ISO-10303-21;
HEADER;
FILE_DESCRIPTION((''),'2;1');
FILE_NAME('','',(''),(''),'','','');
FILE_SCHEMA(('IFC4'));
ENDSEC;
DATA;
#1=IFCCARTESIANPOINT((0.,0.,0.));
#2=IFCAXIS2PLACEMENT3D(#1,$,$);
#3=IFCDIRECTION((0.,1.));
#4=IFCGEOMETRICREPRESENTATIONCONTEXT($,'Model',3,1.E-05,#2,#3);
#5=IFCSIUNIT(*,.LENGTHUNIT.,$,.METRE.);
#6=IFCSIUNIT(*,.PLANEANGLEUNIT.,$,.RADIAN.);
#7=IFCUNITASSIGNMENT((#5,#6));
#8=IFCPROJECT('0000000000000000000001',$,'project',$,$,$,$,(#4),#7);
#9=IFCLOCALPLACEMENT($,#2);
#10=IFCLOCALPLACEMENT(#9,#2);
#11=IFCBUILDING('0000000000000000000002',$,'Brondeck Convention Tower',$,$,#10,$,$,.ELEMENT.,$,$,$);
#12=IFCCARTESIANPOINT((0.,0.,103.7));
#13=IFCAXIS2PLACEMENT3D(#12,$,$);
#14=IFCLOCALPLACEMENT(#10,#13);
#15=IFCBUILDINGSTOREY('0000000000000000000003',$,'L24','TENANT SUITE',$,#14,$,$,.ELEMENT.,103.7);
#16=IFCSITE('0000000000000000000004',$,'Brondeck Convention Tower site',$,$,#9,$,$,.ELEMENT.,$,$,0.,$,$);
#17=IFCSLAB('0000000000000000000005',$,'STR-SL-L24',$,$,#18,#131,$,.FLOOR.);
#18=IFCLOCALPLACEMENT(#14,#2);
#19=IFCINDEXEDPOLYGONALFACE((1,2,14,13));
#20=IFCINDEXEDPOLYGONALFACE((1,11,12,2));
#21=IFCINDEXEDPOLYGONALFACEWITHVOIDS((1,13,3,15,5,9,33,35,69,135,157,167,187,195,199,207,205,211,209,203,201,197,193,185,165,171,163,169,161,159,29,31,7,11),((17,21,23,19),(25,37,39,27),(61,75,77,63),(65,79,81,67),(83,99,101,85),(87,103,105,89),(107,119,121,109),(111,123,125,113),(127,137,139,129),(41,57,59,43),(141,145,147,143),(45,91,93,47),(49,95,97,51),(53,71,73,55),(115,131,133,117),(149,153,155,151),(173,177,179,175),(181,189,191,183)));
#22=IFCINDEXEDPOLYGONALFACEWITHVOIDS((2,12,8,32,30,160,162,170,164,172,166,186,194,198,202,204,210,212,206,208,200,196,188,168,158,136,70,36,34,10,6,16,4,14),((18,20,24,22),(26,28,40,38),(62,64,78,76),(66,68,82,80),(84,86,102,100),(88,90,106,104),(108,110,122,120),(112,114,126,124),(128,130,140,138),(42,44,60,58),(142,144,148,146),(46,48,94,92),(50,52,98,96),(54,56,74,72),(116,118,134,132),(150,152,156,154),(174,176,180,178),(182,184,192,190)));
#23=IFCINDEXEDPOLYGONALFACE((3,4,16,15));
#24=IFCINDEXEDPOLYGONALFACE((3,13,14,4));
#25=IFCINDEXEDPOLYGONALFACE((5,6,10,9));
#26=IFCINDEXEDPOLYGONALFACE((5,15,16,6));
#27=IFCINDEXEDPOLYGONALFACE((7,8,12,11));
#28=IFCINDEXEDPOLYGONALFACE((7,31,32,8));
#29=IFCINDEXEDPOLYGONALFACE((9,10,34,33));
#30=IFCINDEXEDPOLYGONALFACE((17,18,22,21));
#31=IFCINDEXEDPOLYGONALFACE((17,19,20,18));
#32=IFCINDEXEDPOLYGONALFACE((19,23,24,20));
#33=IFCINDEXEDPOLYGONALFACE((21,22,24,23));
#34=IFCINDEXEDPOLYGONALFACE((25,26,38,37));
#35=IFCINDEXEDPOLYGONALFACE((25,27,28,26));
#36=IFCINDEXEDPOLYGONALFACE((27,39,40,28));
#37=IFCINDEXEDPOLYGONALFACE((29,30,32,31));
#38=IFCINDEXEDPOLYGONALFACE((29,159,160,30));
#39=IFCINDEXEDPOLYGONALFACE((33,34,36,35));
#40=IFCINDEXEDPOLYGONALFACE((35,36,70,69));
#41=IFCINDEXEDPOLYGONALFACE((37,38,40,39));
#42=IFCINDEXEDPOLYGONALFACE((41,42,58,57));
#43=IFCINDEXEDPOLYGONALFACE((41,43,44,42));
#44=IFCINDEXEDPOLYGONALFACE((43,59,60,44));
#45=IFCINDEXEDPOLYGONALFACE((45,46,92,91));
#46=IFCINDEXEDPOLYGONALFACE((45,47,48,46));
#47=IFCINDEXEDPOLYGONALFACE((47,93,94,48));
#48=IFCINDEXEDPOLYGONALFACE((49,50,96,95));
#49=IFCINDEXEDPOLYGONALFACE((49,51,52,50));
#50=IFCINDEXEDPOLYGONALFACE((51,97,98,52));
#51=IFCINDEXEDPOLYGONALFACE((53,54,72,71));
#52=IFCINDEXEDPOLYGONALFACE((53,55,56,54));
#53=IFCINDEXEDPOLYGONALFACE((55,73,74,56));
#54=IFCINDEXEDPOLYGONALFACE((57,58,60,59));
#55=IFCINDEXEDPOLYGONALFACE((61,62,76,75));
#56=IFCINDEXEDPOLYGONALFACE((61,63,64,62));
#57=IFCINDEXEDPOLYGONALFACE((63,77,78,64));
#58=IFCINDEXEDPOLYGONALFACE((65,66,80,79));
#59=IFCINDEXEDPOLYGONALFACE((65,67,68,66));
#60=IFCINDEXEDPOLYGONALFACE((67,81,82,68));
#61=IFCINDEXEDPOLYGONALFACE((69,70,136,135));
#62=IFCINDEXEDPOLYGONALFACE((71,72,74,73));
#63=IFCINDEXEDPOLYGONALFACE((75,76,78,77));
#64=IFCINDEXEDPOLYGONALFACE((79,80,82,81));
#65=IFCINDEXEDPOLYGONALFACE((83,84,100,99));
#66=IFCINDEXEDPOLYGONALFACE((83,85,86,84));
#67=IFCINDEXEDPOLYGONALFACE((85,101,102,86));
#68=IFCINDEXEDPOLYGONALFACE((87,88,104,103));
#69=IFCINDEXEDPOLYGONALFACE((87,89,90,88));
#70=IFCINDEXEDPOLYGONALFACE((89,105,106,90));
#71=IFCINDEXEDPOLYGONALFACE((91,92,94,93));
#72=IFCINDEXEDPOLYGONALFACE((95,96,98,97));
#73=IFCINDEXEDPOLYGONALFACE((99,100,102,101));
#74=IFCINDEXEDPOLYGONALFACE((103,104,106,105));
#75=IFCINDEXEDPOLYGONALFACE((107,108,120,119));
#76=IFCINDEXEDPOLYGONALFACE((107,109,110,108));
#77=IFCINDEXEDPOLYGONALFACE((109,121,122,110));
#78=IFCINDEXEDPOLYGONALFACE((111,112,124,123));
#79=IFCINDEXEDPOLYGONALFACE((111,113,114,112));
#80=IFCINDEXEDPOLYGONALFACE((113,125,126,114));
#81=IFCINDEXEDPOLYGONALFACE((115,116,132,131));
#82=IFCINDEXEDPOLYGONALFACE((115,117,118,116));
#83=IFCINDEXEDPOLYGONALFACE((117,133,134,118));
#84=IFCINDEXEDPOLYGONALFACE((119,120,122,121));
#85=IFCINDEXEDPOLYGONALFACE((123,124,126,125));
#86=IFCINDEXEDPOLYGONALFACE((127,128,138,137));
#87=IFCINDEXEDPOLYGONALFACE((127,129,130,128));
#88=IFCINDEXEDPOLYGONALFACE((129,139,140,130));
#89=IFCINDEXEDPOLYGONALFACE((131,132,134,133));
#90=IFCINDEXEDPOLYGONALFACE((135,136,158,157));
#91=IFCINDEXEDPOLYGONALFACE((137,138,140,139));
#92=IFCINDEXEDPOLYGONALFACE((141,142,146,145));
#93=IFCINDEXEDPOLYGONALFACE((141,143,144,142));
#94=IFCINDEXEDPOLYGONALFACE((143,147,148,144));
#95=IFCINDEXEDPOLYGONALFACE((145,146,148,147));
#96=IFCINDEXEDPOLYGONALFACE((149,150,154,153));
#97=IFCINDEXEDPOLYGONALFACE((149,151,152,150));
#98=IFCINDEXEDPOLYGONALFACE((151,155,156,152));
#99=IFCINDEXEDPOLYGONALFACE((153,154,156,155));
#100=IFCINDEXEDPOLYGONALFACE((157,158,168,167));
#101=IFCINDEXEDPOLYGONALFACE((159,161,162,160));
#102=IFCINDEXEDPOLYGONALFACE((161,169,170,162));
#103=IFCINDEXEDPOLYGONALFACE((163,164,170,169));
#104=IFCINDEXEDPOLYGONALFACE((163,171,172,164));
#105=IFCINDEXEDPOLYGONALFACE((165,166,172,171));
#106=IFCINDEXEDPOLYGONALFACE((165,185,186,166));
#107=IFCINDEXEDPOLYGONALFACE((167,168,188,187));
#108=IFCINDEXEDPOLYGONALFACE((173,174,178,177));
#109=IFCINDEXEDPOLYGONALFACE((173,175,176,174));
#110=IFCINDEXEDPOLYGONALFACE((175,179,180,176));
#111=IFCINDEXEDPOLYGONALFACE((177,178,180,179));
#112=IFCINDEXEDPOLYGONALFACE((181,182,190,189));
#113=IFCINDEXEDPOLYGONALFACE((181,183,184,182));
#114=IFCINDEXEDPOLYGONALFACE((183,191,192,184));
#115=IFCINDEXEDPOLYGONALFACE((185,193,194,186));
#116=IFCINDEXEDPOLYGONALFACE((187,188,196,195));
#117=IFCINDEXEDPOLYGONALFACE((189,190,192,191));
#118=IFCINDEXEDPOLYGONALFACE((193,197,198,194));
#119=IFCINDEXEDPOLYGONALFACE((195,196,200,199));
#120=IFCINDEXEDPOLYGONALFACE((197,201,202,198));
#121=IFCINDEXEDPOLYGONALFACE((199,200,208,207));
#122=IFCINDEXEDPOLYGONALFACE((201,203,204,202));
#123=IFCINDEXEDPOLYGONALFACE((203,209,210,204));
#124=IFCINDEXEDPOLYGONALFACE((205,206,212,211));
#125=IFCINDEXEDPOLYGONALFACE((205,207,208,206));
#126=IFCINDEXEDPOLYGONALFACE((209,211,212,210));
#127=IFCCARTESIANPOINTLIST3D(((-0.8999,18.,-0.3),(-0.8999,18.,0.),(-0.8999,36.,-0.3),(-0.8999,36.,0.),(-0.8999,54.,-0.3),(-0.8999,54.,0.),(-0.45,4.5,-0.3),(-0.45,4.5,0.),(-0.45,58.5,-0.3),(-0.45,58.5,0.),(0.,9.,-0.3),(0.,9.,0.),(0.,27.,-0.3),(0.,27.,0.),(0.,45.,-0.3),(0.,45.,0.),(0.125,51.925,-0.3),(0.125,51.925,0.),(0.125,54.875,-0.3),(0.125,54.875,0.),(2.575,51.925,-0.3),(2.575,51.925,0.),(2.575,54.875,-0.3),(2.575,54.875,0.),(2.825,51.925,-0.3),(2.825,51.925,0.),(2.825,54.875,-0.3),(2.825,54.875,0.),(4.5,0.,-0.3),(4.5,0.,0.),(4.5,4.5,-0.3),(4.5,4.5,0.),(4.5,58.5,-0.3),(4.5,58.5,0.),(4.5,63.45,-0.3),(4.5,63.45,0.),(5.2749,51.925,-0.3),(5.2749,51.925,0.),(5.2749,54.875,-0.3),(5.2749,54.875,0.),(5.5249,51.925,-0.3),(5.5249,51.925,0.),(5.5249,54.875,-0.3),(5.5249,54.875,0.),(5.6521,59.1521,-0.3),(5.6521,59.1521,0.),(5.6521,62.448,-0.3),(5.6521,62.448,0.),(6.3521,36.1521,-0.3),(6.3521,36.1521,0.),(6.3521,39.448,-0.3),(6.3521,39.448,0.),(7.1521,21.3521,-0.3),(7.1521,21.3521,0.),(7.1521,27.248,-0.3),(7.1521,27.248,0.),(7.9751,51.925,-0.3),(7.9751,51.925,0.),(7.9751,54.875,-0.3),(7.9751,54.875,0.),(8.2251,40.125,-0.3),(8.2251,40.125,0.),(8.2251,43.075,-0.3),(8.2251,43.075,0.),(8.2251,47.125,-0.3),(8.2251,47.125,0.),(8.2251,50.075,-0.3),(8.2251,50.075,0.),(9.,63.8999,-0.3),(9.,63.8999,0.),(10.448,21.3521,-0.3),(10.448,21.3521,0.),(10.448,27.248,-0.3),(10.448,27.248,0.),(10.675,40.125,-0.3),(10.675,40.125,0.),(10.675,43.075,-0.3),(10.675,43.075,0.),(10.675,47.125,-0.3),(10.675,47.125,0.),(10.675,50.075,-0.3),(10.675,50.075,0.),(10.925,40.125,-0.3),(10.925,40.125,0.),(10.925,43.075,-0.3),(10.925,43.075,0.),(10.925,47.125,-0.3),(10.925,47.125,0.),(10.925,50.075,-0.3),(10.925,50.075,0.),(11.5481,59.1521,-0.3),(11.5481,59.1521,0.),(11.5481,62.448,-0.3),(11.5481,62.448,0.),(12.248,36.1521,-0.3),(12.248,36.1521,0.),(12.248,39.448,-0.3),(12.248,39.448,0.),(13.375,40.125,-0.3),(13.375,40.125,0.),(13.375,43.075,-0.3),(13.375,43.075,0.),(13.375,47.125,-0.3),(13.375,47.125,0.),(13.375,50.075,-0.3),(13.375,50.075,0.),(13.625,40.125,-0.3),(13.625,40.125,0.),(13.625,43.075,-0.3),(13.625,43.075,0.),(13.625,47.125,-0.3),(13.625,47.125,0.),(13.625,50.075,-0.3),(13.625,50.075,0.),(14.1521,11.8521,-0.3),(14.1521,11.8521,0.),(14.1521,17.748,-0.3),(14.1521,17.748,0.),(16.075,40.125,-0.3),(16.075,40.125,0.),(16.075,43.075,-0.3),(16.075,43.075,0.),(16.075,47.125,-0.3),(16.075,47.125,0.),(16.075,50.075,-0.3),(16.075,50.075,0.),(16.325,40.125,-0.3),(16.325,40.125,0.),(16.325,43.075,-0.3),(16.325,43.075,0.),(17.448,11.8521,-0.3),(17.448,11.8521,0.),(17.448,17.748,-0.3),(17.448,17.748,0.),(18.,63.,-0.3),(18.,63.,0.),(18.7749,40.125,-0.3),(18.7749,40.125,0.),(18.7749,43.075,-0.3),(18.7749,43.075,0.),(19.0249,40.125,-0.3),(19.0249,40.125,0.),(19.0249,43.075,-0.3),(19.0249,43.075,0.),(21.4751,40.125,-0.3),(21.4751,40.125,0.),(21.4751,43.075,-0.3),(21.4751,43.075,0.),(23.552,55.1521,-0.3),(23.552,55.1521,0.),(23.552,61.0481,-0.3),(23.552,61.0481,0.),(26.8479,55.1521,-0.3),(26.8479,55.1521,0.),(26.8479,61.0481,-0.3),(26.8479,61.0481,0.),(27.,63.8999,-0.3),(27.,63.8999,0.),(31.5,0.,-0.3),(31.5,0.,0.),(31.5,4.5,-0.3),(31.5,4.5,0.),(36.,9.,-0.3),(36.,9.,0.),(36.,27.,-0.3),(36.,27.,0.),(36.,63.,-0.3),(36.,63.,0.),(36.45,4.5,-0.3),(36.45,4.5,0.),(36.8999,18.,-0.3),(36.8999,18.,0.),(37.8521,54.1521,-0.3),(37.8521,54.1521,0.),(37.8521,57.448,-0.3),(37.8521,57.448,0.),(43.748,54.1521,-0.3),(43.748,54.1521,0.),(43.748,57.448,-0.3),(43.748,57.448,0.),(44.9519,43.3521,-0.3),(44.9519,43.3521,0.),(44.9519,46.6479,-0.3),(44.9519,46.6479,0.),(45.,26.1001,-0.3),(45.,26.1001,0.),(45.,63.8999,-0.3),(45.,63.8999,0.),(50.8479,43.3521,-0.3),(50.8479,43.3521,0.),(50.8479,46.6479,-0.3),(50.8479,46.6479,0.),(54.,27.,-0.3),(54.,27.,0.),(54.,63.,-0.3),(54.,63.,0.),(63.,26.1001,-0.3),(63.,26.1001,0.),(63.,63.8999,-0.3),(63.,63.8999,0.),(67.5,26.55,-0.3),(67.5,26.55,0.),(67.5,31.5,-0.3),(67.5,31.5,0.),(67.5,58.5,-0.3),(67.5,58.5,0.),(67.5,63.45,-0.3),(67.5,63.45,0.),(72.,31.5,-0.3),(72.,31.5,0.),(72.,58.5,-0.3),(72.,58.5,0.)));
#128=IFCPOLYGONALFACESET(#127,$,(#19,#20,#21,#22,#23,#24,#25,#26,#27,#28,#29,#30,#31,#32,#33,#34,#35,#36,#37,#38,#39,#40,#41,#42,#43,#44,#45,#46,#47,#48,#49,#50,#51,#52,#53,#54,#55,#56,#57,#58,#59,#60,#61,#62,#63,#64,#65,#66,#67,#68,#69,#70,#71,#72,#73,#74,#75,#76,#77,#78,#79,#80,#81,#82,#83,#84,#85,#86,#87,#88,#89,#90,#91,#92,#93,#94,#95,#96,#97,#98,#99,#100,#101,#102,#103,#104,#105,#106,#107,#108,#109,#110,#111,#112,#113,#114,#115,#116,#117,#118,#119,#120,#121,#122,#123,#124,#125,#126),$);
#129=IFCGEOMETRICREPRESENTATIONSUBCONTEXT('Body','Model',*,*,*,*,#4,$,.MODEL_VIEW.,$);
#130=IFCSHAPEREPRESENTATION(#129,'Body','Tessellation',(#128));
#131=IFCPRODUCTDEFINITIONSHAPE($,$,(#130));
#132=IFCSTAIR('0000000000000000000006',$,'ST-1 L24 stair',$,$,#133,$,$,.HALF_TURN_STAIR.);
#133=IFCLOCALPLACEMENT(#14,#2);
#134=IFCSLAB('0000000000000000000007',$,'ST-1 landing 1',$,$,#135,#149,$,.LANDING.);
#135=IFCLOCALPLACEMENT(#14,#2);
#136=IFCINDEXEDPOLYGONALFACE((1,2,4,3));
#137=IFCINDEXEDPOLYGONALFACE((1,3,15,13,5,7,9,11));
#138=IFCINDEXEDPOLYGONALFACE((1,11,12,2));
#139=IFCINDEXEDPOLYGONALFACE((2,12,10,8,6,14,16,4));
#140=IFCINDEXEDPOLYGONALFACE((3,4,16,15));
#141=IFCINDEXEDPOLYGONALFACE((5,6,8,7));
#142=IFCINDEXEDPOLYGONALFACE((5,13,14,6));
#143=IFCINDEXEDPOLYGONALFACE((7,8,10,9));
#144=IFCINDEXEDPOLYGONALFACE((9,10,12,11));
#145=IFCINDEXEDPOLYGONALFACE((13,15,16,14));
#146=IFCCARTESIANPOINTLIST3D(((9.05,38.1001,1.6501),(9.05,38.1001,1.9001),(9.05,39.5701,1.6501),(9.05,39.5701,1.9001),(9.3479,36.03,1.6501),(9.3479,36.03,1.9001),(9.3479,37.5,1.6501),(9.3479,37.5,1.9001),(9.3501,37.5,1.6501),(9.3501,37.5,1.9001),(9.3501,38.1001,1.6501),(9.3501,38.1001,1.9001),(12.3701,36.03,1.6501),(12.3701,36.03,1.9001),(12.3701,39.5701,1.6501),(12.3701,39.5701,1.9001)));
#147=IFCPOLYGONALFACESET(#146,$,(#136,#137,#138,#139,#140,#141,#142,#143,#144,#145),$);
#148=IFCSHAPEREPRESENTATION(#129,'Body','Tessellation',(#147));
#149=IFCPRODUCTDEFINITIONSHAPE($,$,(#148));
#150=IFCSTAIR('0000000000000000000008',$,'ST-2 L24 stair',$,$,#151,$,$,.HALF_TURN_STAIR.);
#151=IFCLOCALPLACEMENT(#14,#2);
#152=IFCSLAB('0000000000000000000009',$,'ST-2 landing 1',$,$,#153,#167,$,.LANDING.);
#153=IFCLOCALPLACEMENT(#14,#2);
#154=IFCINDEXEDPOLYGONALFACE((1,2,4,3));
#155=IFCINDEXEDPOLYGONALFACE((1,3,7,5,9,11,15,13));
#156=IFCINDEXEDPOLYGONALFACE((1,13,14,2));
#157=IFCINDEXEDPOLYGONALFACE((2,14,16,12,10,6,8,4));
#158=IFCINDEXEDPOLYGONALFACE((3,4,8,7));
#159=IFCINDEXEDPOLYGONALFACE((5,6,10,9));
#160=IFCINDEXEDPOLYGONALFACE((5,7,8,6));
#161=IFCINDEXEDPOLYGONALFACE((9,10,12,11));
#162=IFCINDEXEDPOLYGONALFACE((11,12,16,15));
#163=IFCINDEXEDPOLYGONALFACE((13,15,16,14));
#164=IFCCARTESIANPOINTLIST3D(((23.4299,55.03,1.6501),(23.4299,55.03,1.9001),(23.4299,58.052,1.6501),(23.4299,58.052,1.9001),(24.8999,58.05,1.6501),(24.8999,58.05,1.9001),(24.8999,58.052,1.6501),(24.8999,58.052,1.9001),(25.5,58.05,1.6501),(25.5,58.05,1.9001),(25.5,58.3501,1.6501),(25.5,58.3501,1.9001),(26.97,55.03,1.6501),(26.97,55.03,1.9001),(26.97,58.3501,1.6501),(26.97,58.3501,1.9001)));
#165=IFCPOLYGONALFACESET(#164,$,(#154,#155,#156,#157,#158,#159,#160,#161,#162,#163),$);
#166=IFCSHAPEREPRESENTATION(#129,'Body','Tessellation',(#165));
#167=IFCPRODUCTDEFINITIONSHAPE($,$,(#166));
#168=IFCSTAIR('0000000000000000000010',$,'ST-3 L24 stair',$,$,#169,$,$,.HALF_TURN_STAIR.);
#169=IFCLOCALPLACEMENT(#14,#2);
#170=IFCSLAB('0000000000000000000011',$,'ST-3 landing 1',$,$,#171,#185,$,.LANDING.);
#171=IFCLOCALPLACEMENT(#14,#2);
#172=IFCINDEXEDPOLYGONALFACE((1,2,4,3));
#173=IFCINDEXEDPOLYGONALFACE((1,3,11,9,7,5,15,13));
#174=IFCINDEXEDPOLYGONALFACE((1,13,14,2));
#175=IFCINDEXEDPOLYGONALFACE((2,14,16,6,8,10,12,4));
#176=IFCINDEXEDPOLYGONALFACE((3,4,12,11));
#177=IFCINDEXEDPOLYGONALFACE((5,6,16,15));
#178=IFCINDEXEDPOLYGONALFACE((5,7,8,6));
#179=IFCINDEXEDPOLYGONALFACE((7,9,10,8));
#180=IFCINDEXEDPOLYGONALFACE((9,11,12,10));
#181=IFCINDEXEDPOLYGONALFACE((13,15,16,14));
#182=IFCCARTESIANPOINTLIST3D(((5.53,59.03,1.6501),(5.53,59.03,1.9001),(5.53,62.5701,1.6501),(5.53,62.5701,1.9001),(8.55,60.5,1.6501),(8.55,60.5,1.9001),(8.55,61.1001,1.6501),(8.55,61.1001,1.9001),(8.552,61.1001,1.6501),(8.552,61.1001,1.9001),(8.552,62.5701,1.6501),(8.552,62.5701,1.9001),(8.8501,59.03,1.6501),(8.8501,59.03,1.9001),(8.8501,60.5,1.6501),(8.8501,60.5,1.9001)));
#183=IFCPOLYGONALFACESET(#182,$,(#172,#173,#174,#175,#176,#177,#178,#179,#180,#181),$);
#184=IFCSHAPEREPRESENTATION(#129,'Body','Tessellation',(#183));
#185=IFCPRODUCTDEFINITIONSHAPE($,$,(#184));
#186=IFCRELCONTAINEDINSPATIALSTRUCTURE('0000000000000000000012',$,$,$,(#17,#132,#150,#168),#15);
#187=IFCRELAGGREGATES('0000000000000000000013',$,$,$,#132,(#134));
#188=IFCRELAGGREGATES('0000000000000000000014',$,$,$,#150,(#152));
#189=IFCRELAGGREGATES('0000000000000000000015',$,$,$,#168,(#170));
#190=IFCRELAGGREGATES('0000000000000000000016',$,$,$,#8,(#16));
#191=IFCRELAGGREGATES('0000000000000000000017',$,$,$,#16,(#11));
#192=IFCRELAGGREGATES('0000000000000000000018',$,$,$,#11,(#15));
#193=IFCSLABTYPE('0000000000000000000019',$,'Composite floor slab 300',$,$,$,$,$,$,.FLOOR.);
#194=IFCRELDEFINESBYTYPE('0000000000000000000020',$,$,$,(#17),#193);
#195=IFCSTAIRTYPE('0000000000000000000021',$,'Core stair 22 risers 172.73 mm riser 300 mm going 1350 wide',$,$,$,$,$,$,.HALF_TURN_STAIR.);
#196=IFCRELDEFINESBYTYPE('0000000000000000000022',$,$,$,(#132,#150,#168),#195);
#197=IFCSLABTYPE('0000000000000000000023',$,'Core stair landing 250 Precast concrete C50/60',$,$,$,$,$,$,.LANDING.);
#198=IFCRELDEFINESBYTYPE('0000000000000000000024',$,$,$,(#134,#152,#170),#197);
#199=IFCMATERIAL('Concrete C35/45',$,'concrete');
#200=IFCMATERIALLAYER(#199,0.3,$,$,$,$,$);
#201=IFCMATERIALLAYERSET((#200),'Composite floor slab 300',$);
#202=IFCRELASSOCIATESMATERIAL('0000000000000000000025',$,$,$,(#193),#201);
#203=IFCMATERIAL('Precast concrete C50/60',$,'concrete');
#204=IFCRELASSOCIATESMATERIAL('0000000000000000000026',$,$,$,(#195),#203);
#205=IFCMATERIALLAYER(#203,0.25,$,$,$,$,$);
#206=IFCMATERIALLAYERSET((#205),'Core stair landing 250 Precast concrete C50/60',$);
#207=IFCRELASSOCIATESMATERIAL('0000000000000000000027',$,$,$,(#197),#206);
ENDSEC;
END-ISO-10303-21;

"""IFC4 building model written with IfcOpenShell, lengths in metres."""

from ifc_helpers import new_model, si_unit, direction, frame, origin, place, context, subcontext, project, spatial, polyline, outline, extrude, material, layer, layer_set, type_object, element, aggregate, save


model = new_model("IFC4")

# Units and contexts
model_context = context("Model", 3, precision=1e-05, world=origin(), true_north=direction((0.0, 1.0)))
body_context = subcontext(model_context, "Body", "Model", "MODEL_VIEW")
ifc_project = project(units=[si_unit("LENGTHUNIT", "METRE"), si_unit("PLANEANGLEUNIT", "RADIAN")], contexts=[model_context])

# Site, building, storey
site_placement = place(None, origin())
site = spatial("IfcSite", under=ifc_project, at=site_placement, Name="Brondeck Convention Tower site", CompositionType="ELEMENT", RefElevation=0.0)
building_placement = place(site_placement, origin())
building = spatial("IfcBuilding", under=site, at=building_placement, Name="Brondeck Convention Tower", CompositionType="ELEMENT")
storey_placement = place(building_placement, frame((0.0, 0.0, 103.7)))
storey = spatial("IfcBuildingStorey", under=building, at=storey_placement, Name="L24", Description="TENANT SUITE", CompositionType="ELEMENT", Elevation=103.7)

# Slab
ifc_material_1 = material(Name="Concrete C35/45", Category="concrete")
ifc_layer_1 = layer(ifc_material_1, 0.3)
ifc_layer_set_1 = layer_set([ifc_layer_1], Name="Composite floor slab 300")
slab_type_1 = type_object("IfcSlabType", Name="Composite floor slab 300", PredefinedType="FLOOR", material=ifc_layer_set_1)
slab_1_placement = place(storey_placement, frame((0.0, 0.0, -0.3)))
element("IfcSlab", 1, at=slab_1_placement, inside=storey, type_object=slab_type_1, Name="STR-SL-L24", PredefinedType="FLOOR", context=body_context, shape_type="SweptSolid", body=[
    extrude(outline(polyline([(4.5, 4.5), (-0.45, 4.5), (0.0, 9.0), (-0.8999, 18.0), (0.0, 27.0), (-0.8999, 36.0), (0.0, 45.0), (-0.8999, 54.0), (-0.45, 58.5), (4.5, 58.5), (4.5, 63.45), (9.0, 63.8999), (18.0, 63.0), (27.0, 63.8999), (36.0, 63.0), (45.0, 63.8999), (54.0, 63.0), (63.0, 63.8999), (67.5, 63.45), (67.5, 58.5), (72.0, 58.5), (72.0, 31.5), (67.5, 31.5), (67.5, 26.55), (63.0, 26.1001), (54.0, 27.0), (45.0, 26.1001), (36.0, 27.0), (36.8999, 18.0), (36.0, 9.0), (36.45, 4.5), (31.5, 4.5), (31.5, 0.0), (4.5, 0.0), (4.5, 4.5)]), holes=[polyline([(10.448, 27.248), (7.1521, 27.248), (7.1521, 21.3521), (10.448, 21.3521), (10.448, 27.248)]), polyline([(12.248, 36.1521), (12.248, 39.448), (6.3521, 39.448), (6.3521, 36.1521), (12.248, 36.1521)]), polyline([(10.675, 40.125), (10.675, 43.075), (8.2251, 43.075), (8.2251, 40.125), (10.675, 40.125)]), polyline([(10.675, 47.125), (10.675, 50.075), (8.2251, 50.075), (8.2251, 47.125), (10.675, 47.125)]), polyline([(13.375, 47.125), (13.375, 50.075), (10.925, 50.075), (10.925, 47.125), (13.375, 47.125)]), polyline([(2.575, 51.925), (2.575, 54.875), (0.125, 54.875), (0.125, 51.925), (2.575, 51.925)]), polyline([(5.2749, 51.925), (5.2749, 54.875), (2.825, 54.875), (2.825, 51.925), (5.2749, 51.925)]), polyline([(5.5249, 51.925), (7.9751, 51.925), (7.9751, 54.875), (5.5249, 54.875), (5.5249, 51.925)]), polyline([(11.5481, 62.448), (5.6521, 62.448), (5.6521, 59.1521), (11.5481, 59.1521), (11.5481, 62.448)]), polyline([(17.448, 17.748), (14.1521, 17.748), (14.1521, 11.8521), (17.448, 11.8521), (17.448, 17.748)]), polyline([(13.375, 40.125), (13.375, 43.075), (10.925, 43.075), (10.925, 40.125), (13.375, 40.125)]), polyline([(16.075, 40.125), (16.075, 43.075), (13.625, 43.075), (13.625, 40.125), (16.075, 40.125)]), polyline([(18.7749, 40.125), (18.7749, 43.075), (16.325, 43.075), (16.325, 40.125), (18.7749, 40.125)]), polyline([(21.4751, 40.125), (21.4751, 43.075), (19.0249, 43.075), (19.0249, 40.125), (21.4751, 40.125)]), polyline([(50.8479, 43.3521), (50.8479, 46.6479), (44.9519, 46.6479), (44.9519, 43.3521), (50.8479, 43.3521)]), polyline([(16.075, 47.125), (16.075, 50.075), (13.625, 50.075), (13.625, 47.125), (16.075, 47.125)]), polyline([(37.8521, 54.1521), (43.748, 54.1521), (43.748, 57.448), (37.8521, 57.448), (37.8521, 54.1521)]), polyline([(23.552, 61.0481), (23.552, 55.1521), (26.8479, 55.1521), (26.8479, 61.0481), (23.552, 61.0481)])]), origin(), (0.0, 0.0, 1.0), 0.3),
])

# Stairs, slabs
ifc_material_2 = material(Name="Precast concrete C50/60", Category="concrete")
stair_type = type_object("IfcStairType", Name="Core stair 22 risers 172.73 mm riser 300 mm going 1350 wide", PredefinedType="HALF_TURN_STAIR", material=ifc_material_2)
stair_1_placement = place(storey_placement, origin())
stair_1 = element("IfcStair", 2, at=stair_1_placement, inside=storey, type_object=stair_type, Name="ST-1 L24 stair", PredefinedType="HALF_TURN_STAIR")
ifc_layer_2 = layer(ifc_material_2, 0.25)
ifc_layer_set_2 = layer_set([ifc_layer_2], Name="Core stair landing 250 Precast concrete C50/60")
slab_type_2 = type_object("IfcSlabType", Name="Core stair landing 250 Precast concrete C50/60", PredefinedType="LANDING", material=ifc_layer_set_2)
slab_2_placement = place(storey_placement, frame((0.0, 0.0, 1.6501)))
slab_2 = element("IfcSlab", 3, at=slab_2_placement, type_object=slab_type_2, Name="ST-1 landing 1", PredefinedType="LANDING", context=body_context, shape_type="SweptSolid", body=[
    extrude(outline(polyline([(9.3479, 37.5), (9.3501, 37.5), (9.3501, 38.1001), (9.05, 38.1001), (9.05, 39.5701), (12.3701, 39.5701), (12.3701, 36.03), (9.3479, 36.03), (9.3479, 37.5)])), origin(), (0.0, 0.0, 1.0), 0.25),
])
aggregate(stair_1, [slab_2])
stair_2_placement = place(storey_placement, origin())
stair_2 = element("IfcStair", 4, at=stair_2_placement, inside=storey, type_object=stair_type, Name="ST-2 L24 stair", PredefinedType="HALF_TURN_STAIR")
slab_3_placement = place(storey_placement, frame((0.0, 0.0, 1.6501)))
slab_3 = element("IfcSlab", 5, at=slab_3_placement, type_object=slab_type_2, Name="ST-2 landing 1", PredefinedType="LANDING", context=body_context, shape_type="SweptSolid", body=[
    extrude(outline(polyline([(23.4299, 58.052), (24.8999, 58.052), (24.8999, 58.05), (25.5, 58.05), (25.5, 58.3501), (26.97, 58.3501), (26.97, 55.03), (23.4299, 55.03), (23.4299, 58.052)])), origin(), (0.0, 0.0, 1.0), 0.25),
])
aggregate(stair_2, [slab_3])
stair_3_placement = place(storey_placement, origin())
stair_3 = element("IfcStair", 6, at=stair_3_placement, inside=storey, type_object=stair_type, Name="ST-3 L24 stair", PredefinedType="HALF_TURN_STAIR")
slab_4_placement = place(storey_placement, frame((0.0, 0.0, 1.6501)))
slab_4 = element("IfcSlab", 7, at=slab_4_placement, type_object=slab_type_2, Name="ST-3 landing 1", PredefinedType="LANDING", context=body_context, shape_type="SweptSolid", body=[
    extrude(outline(polyline([(8.8501, 60.5), (8.8501, 59.03), (5.53, 59.03), (5.53, 62.5701), (8.552, 62.5701), (8.552, 61.1001), (8.55, 61.1001), (8.55, 60.5), (8.8501, 60.5)])), origin(), (0.0, 0.0, 1.0), 0.25),
])
aggregate(stair_3, [slab_4])

save(model, "model.ifc")
